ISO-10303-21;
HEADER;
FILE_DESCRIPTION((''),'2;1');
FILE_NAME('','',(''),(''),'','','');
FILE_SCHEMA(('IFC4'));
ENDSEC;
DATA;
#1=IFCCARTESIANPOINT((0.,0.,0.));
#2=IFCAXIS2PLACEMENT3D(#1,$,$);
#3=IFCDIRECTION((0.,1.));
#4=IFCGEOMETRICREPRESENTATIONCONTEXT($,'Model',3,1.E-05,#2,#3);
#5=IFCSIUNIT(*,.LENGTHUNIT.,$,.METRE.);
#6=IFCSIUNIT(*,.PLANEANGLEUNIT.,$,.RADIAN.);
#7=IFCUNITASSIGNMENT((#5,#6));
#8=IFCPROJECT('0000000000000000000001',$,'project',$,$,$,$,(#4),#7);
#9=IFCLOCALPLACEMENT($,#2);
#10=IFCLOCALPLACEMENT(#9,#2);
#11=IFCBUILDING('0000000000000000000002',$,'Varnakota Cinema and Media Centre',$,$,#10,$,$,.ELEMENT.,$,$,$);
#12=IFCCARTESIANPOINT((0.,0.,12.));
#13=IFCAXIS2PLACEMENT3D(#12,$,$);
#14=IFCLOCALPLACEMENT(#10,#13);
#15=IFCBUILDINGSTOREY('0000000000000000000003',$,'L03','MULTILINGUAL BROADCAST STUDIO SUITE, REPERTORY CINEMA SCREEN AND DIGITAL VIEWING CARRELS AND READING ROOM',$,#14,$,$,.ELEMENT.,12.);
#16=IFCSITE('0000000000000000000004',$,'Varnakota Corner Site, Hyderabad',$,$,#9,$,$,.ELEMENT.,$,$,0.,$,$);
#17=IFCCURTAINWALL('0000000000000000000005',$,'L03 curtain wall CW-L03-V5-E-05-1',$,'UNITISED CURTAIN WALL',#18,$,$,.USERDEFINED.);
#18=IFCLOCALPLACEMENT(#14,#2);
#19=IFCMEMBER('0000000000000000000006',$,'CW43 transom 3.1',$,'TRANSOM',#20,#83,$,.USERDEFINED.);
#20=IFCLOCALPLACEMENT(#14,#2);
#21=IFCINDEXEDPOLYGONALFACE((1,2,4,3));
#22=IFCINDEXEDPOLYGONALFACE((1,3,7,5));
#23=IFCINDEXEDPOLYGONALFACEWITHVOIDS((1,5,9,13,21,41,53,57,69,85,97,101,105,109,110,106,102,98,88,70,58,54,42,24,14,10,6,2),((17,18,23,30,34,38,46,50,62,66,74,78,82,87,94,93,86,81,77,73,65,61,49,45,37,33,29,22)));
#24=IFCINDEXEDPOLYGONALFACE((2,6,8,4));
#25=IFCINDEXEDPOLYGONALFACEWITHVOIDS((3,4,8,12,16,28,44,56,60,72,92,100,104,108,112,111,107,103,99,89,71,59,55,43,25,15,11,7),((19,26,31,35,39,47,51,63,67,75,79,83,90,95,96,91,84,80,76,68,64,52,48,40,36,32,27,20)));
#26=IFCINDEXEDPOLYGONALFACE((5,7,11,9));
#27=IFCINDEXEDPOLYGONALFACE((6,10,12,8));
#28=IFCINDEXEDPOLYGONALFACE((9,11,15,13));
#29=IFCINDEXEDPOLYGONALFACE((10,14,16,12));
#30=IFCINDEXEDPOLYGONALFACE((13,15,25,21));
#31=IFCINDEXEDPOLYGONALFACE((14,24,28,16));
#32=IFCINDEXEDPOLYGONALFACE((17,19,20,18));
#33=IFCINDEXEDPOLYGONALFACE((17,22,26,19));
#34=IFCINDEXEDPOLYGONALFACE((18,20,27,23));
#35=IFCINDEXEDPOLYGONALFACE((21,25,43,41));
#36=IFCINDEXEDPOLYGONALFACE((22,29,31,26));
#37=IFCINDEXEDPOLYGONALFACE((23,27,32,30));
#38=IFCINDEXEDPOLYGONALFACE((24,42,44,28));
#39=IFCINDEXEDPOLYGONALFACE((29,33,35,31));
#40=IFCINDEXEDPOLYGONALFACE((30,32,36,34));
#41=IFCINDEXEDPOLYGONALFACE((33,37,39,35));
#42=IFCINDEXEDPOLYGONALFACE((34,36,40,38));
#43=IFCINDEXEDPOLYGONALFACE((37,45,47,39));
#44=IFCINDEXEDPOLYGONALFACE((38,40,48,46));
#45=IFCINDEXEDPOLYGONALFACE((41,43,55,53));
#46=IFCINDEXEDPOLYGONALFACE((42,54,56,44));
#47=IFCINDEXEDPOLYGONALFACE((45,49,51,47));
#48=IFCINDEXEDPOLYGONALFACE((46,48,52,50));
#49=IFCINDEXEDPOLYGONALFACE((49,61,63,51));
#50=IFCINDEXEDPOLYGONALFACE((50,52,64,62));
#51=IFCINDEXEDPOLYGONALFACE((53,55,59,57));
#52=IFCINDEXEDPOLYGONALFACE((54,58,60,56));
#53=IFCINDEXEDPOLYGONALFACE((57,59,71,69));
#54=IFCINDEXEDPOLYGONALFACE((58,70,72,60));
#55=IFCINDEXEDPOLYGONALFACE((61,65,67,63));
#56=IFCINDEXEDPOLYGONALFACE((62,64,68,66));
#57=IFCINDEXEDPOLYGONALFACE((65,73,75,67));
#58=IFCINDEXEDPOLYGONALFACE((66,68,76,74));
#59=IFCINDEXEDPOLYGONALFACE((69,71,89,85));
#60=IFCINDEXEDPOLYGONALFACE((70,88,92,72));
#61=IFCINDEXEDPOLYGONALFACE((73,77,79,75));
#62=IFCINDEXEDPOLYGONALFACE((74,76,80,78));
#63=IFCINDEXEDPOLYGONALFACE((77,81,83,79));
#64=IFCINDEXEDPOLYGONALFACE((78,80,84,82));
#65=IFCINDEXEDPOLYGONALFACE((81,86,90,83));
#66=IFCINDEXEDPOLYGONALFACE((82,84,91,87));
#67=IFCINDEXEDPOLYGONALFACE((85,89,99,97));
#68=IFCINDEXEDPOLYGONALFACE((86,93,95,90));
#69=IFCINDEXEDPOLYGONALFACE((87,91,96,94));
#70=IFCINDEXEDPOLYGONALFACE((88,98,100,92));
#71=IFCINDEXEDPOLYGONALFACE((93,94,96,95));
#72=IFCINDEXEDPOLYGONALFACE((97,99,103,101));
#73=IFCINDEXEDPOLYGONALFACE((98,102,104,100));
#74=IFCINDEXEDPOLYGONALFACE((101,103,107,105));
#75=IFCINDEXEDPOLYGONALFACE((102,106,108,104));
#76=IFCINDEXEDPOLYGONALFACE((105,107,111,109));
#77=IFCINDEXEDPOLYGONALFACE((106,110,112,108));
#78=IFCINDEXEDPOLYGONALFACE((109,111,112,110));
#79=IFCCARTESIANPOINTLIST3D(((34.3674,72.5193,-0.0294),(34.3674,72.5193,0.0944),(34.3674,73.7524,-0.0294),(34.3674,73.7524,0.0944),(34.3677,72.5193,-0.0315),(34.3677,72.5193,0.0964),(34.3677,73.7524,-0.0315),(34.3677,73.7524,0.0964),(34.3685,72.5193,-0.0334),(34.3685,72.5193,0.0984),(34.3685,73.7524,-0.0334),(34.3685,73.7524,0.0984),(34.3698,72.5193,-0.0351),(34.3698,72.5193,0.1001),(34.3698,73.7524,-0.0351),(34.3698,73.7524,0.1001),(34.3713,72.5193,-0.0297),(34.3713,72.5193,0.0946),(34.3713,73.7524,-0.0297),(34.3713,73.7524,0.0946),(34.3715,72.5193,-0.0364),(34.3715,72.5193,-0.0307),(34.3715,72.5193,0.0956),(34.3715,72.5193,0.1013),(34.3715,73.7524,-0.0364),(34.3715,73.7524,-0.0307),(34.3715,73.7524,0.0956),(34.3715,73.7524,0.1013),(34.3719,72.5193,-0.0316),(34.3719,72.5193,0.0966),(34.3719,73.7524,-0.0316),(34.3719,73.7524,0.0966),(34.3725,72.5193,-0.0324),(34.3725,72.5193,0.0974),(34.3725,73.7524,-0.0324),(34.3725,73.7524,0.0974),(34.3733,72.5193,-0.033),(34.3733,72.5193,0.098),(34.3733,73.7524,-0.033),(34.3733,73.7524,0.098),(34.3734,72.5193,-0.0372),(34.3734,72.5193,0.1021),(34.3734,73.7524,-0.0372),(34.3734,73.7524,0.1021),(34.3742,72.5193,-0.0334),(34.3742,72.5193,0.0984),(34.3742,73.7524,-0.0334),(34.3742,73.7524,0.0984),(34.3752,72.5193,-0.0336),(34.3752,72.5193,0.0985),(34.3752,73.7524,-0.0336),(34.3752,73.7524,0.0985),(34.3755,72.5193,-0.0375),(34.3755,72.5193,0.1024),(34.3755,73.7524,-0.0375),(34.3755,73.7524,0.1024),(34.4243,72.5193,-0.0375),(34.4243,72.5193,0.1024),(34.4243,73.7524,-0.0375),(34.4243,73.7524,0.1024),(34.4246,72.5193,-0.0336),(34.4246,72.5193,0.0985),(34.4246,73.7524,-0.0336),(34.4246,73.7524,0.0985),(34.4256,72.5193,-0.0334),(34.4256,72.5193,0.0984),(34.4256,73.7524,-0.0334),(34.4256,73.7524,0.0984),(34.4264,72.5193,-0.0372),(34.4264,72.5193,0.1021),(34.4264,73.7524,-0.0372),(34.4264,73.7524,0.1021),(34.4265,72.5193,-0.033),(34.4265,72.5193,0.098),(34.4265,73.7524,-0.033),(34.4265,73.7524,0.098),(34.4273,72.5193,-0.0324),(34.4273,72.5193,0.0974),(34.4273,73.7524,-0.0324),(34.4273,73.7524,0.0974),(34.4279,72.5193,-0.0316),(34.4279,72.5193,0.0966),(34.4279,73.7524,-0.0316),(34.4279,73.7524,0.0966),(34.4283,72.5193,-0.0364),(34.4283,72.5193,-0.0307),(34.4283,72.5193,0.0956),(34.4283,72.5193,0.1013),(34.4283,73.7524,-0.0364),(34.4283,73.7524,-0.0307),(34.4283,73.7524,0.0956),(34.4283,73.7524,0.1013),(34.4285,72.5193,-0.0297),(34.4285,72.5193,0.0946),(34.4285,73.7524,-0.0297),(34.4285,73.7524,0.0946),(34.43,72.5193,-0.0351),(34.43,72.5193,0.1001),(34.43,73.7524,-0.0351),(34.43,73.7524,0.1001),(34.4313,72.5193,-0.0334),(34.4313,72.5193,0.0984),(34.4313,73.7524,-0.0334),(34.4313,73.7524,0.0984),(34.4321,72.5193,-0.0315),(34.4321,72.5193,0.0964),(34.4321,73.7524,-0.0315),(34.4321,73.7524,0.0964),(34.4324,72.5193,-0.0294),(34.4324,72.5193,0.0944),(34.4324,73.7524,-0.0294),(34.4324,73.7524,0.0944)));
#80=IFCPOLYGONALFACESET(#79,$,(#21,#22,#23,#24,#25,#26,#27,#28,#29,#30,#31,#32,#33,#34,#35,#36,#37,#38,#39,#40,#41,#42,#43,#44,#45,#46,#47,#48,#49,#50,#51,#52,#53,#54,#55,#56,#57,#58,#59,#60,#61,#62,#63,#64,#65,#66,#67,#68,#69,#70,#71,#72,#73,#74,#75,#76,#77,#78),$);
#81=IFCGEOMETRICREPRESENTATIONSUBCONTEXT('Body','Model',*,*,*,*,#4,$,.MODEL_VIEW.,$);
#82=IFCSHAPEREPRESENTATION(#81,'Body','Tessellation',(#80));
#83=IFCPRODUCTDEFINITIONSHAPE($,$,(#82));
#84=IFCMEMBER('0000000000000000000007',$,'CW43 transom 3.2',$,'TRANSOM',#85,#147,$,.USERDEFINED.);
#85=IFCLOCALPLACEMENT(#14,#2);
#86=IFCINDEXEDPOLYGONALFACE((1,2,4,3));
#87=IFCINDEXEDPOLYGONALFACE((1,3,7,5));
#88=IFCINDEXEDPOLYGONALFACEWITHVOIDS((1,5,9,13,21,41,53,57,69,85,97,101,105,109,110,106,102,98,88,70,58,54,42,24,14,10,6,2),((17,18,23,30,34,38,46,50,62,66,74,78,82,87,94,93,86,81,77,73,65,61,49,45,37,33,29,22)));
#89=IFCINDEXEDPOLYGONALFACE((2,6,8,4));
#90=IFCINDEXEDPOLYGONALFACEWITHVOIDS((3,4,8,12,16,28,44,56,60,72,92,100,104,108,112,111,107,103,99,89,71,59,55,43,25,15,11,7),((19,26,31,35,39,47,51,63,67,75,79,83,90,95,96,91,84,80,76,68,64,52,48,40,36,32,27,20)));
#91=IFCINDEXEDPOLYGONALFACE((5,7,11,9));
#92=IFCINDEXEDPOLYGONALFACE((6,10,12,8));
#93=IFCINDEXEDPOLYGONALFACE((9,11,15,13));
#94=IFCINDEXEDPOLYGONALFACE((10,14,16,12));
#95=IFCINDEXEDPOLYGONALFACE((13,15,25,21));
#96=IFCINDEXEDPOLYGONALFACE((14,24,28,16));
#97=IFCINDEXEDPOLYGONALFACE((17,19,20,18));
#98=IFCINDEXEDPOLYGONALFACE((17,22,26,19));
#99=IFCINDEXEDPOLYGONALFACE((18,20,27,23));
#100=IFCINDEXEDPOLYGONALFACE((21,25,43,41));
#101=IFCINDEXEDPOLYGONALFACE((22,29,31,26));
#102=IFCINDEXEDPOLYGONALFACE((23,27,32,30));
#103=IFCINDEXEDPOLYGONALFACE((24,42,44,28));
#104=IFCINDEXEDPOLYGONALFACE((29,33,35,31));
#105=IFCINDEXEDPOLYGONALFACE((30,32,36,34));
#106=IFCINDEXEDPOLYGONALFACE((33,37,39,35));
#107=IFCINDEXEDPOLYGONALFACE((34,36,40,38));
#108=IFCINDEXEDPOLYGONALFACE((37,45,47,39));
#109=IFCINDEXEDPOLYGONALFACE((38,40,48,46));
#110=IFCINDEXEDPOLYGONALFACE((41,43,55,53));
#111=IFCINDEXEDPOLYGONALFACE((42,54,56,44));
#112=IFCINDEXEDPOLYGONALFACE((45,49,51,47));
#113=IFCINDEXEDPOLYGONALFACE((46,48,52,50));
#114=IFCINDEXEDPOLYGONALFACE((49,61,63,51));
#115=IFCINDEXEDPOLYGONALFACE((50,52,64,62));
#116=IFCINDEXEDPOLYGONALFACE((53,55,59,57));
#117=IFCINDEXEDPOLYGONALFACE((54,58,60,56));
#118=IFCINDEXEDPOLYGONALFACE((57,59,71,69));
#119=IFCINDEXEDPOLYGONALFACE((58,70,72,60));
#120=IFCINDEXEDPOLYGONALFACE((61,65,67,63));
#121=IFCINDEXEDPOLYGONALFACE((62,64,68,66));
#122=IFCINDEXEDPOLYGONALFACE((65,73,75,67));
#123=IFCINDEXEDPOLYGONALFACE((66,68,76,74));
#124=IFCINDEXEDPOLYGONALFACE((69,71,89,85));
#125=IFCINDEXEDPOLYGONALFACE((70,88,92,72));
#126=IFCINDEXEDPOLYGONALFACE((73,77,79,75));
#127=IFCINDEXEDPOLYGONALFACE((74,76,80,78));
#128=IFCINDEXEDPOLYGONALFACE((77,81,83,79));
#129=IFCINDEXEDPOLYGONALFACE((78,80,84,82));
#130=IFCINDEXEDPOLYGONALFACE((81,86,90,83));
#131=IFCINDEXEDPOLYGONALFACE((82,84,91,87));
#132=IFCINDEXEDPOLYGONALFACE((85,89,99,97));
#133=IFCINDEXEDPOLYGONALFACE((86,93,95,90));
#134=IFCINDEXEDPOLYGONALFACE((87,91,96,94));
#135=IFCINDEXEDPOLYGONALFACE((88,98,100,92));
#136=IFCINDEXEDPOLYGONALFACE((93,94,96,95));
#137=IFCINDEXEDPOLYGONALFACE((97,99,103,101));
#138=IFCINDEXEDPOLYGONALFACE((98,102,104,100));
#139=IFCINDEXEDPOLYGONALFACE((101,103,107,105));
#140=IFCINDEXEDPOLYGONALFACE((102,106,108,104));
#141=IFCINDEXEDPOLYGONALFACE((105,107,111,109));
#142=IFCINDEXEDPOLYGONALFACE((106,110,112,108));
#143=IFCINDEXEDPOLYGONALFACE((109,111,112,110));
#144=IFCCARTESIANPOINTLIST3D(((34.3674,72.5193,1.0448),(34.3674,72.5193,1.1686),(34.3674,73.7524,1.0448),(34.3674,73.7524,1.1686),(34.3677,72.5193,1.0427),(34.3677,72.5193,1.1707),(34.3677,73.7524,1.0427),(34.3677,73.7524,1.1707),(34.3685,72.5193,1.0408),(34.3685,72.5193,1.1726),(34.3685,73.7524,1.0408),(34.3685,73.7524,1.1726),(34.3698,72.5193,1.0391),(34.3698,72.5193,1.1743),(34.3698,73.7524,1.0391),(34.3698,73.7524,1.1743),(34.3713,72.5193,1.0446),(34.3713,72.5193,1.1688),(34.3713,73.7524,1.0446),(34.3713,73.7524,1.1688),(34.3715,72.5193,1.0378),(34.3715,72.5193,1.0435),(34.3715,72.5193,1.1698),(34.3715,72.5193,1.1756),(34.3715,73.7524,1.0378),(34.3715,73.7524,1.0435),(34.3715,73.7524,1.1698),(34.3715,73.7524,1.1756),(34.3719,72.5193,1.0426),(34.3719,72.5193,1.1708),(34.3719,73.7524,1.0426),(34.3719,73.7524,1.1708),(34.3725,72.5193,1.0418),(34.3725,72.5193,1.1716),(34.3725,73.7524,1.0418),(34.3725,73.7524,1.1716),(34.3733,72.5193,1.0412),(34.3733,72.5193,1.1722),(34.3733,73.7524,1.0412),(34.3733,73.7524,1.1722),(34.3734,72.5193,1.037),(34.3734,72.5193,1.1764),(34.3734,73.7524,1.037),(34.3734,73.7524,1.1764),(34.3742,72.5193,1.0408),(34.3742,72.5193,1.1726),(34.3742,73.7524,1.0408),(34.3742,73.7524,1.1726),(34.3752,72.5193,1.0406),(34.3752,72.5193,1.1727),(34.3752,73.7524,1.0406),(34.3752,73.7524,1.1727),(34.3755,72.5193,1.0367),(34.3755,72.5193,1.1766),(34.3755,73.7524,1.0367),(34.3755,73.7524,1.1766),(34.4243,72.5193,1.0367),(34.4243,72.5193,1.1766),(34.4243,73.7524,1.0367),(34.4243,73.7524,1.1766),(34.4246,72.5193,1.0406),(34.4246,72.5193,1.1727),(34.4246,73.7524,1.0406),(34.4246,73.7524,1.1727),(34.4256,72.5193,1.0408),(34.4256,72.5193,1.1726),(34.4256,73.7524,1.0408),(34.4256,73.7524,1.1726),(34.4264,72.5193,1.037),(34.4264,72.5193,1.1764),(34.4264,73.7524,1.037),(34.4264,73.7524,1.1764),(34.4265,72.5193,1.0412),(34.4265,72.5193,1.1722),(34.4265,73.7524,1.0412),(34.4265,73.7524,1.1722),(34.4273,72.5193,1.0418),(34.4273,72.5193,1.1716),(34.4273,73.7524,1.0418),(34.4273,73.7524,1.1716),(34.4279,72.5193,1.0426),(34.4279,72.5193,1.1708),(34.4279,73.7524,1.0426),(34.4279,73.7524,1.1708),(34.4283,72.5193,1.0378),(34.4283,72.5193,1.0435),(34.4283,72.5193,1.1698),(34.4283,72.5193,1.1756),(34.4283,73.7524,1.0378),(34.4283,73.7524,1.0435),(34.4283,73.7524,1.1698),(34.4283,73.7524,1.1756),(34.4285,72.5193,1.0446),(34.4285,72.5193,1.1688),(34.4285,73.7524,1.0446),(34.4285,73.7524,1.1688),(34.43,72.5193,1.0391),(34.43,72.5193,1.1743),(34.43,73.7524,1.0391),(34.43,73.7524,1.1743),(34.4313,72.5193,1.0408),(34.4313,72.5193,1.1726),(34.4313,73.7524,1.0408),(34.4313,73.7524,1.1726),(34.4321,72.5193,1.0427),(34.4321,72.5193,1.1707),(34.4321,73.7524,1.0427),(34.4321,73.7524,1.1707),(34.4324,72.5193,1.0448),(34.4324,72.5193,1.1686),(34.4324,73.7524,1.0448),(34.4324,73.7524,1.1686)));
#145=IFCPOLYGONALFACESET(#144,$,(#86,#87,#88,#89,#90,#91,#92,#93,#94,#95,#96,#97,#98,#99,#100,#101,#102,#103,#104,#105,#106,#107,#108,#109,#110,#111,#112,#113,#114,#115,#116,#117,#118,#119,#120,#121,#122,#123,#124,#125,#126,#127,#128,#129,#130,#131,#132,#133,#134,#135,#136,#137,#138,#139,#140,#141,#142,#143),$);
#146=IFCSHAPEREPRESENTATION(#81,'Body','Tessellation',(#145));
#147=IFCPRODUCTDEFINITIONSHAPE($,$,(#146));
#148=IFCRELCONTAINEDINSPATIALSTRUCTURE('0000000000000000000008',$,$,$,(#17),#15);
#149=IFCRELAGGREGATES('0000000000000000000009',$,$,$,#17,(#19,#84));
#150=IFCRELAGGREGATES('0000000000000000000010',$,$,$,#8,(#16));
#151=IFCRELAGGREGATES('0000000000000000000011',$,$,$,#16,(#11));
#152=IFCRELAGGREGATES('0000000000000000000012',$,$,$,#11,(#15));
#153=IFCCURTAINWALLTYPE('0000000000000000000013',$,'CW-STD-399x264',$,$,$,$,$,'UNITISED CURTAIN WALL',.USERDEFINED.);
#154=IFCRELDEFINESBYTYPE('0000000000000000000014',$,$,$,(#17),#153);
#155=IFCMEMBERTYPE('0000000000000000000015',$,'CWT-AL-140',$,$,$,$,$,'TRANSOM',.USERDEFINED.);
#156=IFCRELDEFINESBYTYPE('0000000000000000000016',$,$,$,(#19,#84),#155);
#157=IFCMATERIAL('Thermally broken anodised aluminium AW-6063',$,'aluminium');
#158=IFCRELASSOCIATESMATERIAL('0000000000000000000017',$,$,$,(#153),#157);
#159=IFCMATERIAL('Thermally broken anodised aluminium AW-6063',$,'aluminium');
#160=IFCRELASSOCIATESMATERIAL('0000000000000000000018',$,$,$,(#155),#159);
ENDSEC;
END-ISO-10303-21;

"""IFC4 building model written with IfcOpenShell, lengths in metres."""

from ifc_helpers import new_model, si_unit, direction, frame, origin, origin_2d, place, context, subcontext, project, spatial, hollow_rectangle, extrude, material, material_profile, profile_set, type_object, element, aggregate, save


model = new_model("IFC4")

# Units and contexts
model_context = context("Model", 3, precision=1e-05, world=origin(), true_north=direction((0.0, 1.0)))
body_context = subcontext(model_context, "Body", "Model", "MODEL_VIEW")
ifc_project = project(units=[si_unit("LENGTHUNIT", "METRE"), si_unit("PLANEANGLEUNIT", "RADIAN")], contexts=[model_context])

# Site, building, storey
site_placement = place(None, origin())
site = spatial("IfcSite", under=ifc_project, at=site_placement, Name="Varnakota Corner Site, Hyderabad", CompositionType="ELEMENT", RefElevation=0.0)
building_placement = place(site_placement, origin())
building = spatial("IfcBuilding", under=site, at=building_placement, Name="Varnakota Cinema and Media Centre", CompositionType="ELEMENT")
storey_placement = place(building_placement, frame((0.0, 0.0, 12.0)))
storey = spatial("IfcBuildingStorey", under=building, at=storey_placement, Name="L03", Description="MULTILINGUAL BROADCAST STUDIO SUITE, REPERTORY CINEMA SCREEN AND DIGITAL VIEWING CARRELS AND READING ROOM", CompositionType="ELEMENT", Elevation=12.0)

# Shared definitions
ifc_material_1 = material(Name="Thermally broken anodised aluminium AW-6063", Category="aluminium")
curtain_wall_type = type_object("IfcCurtainWallType", Name="CW-STD-399x264", ElementType="UNITISED CURTAIN WALL", PredefinedType="USERDEFINED", material=ifc_material_1)

# Curtain wall, members
curtain_wall_1_placement = place(storey_placement, origin())
curtain_wall_1 = element("IfcCurtainWall", 1, at=curtain_wall_1_placement, inside=storey, type_object=curtain_wall_type, Name="L03 curtain wall CW-L03-V5-E-05-1", ObjectType="UNITISED CURTAIN WALL", PredefinedType="USERDEFINED")
ifc_material_2 = material(Name="Thermally broken anodised aluminium AW-6063", Category="aluminium")
ifc_material_profile_1 = material_profile(ifc_material_2, hollow_rectangle(XDim=0.0649, YDim=0.1399, WallThickness=0.0039, InnerFilletRadius=0.0039, OuterFilletRadius=0.0081, at=origin_2d()), Name="AL-TRANSOM 140x65x4")
ifc_profile_set_1 = profile_set([ifc_material_profile_1], Name="Thermally broken anodised aluminium AW-6063")
member_type_1 = type_object("IfcMemberType", Name="CWT-AL-140", ElementType="TRANSOM", PredefinedType="USERDEFINED", material=ifc_profile_set_1)
member_1_placement = place(storey_placement, frame((34.3999, 72.5193, 0.0325), z_axis=(0.0, 1.0, 0.0), x_axis=(-1.0, 0.0, 0.0)))
member_1 = element("IfcMember", 2, at=member_1_placement, type_object=member_type_1, Name="CW43 transom 3.1", ObjectType="TRANSOM", PredefinedType="USERDEFINED", context=body_context, shape_type="SweptSolid", body=[
    extrude(hollow_rectangle(XDim=0.0649, YDim=0.1399, WallThickness=0.0039, InnerFilletRadius=0.0039, OuterFilletRadius=0.0081, at=origin_2d()), origin(), (0.0, 0.0, 1.0), 1.2332),
])
member_2_placement = place(storey_placement, frame((34.3999, 72.5193, 1.1067), z_axis=(0.0, 1.0, 0.0), x_axis=(-1.0, 0.0, 0.0)))
member_2 = element("IfcMember", 3, at=member_2_placement, type_object=member_type_1, Name="CW43 transom 3.2", ObjectType="TRANSOM", PredefinedType="USERDEFINED", context=body_context, shape_type="SweptSolid", body=[
    extrude(hollow_rectangle(XDim=0.0649, YDim=0.1399, WallThickness=0.0039, InnerFilletRadius=0.0039, OuterFilletRadius=0.0081, at=origin_2d()), origin(), (0.0, 0.0, 1.0), 1.2332),
])

aggregate(curtain_wall_1, [member_1, member_2])

save(model, "model.ifc")
